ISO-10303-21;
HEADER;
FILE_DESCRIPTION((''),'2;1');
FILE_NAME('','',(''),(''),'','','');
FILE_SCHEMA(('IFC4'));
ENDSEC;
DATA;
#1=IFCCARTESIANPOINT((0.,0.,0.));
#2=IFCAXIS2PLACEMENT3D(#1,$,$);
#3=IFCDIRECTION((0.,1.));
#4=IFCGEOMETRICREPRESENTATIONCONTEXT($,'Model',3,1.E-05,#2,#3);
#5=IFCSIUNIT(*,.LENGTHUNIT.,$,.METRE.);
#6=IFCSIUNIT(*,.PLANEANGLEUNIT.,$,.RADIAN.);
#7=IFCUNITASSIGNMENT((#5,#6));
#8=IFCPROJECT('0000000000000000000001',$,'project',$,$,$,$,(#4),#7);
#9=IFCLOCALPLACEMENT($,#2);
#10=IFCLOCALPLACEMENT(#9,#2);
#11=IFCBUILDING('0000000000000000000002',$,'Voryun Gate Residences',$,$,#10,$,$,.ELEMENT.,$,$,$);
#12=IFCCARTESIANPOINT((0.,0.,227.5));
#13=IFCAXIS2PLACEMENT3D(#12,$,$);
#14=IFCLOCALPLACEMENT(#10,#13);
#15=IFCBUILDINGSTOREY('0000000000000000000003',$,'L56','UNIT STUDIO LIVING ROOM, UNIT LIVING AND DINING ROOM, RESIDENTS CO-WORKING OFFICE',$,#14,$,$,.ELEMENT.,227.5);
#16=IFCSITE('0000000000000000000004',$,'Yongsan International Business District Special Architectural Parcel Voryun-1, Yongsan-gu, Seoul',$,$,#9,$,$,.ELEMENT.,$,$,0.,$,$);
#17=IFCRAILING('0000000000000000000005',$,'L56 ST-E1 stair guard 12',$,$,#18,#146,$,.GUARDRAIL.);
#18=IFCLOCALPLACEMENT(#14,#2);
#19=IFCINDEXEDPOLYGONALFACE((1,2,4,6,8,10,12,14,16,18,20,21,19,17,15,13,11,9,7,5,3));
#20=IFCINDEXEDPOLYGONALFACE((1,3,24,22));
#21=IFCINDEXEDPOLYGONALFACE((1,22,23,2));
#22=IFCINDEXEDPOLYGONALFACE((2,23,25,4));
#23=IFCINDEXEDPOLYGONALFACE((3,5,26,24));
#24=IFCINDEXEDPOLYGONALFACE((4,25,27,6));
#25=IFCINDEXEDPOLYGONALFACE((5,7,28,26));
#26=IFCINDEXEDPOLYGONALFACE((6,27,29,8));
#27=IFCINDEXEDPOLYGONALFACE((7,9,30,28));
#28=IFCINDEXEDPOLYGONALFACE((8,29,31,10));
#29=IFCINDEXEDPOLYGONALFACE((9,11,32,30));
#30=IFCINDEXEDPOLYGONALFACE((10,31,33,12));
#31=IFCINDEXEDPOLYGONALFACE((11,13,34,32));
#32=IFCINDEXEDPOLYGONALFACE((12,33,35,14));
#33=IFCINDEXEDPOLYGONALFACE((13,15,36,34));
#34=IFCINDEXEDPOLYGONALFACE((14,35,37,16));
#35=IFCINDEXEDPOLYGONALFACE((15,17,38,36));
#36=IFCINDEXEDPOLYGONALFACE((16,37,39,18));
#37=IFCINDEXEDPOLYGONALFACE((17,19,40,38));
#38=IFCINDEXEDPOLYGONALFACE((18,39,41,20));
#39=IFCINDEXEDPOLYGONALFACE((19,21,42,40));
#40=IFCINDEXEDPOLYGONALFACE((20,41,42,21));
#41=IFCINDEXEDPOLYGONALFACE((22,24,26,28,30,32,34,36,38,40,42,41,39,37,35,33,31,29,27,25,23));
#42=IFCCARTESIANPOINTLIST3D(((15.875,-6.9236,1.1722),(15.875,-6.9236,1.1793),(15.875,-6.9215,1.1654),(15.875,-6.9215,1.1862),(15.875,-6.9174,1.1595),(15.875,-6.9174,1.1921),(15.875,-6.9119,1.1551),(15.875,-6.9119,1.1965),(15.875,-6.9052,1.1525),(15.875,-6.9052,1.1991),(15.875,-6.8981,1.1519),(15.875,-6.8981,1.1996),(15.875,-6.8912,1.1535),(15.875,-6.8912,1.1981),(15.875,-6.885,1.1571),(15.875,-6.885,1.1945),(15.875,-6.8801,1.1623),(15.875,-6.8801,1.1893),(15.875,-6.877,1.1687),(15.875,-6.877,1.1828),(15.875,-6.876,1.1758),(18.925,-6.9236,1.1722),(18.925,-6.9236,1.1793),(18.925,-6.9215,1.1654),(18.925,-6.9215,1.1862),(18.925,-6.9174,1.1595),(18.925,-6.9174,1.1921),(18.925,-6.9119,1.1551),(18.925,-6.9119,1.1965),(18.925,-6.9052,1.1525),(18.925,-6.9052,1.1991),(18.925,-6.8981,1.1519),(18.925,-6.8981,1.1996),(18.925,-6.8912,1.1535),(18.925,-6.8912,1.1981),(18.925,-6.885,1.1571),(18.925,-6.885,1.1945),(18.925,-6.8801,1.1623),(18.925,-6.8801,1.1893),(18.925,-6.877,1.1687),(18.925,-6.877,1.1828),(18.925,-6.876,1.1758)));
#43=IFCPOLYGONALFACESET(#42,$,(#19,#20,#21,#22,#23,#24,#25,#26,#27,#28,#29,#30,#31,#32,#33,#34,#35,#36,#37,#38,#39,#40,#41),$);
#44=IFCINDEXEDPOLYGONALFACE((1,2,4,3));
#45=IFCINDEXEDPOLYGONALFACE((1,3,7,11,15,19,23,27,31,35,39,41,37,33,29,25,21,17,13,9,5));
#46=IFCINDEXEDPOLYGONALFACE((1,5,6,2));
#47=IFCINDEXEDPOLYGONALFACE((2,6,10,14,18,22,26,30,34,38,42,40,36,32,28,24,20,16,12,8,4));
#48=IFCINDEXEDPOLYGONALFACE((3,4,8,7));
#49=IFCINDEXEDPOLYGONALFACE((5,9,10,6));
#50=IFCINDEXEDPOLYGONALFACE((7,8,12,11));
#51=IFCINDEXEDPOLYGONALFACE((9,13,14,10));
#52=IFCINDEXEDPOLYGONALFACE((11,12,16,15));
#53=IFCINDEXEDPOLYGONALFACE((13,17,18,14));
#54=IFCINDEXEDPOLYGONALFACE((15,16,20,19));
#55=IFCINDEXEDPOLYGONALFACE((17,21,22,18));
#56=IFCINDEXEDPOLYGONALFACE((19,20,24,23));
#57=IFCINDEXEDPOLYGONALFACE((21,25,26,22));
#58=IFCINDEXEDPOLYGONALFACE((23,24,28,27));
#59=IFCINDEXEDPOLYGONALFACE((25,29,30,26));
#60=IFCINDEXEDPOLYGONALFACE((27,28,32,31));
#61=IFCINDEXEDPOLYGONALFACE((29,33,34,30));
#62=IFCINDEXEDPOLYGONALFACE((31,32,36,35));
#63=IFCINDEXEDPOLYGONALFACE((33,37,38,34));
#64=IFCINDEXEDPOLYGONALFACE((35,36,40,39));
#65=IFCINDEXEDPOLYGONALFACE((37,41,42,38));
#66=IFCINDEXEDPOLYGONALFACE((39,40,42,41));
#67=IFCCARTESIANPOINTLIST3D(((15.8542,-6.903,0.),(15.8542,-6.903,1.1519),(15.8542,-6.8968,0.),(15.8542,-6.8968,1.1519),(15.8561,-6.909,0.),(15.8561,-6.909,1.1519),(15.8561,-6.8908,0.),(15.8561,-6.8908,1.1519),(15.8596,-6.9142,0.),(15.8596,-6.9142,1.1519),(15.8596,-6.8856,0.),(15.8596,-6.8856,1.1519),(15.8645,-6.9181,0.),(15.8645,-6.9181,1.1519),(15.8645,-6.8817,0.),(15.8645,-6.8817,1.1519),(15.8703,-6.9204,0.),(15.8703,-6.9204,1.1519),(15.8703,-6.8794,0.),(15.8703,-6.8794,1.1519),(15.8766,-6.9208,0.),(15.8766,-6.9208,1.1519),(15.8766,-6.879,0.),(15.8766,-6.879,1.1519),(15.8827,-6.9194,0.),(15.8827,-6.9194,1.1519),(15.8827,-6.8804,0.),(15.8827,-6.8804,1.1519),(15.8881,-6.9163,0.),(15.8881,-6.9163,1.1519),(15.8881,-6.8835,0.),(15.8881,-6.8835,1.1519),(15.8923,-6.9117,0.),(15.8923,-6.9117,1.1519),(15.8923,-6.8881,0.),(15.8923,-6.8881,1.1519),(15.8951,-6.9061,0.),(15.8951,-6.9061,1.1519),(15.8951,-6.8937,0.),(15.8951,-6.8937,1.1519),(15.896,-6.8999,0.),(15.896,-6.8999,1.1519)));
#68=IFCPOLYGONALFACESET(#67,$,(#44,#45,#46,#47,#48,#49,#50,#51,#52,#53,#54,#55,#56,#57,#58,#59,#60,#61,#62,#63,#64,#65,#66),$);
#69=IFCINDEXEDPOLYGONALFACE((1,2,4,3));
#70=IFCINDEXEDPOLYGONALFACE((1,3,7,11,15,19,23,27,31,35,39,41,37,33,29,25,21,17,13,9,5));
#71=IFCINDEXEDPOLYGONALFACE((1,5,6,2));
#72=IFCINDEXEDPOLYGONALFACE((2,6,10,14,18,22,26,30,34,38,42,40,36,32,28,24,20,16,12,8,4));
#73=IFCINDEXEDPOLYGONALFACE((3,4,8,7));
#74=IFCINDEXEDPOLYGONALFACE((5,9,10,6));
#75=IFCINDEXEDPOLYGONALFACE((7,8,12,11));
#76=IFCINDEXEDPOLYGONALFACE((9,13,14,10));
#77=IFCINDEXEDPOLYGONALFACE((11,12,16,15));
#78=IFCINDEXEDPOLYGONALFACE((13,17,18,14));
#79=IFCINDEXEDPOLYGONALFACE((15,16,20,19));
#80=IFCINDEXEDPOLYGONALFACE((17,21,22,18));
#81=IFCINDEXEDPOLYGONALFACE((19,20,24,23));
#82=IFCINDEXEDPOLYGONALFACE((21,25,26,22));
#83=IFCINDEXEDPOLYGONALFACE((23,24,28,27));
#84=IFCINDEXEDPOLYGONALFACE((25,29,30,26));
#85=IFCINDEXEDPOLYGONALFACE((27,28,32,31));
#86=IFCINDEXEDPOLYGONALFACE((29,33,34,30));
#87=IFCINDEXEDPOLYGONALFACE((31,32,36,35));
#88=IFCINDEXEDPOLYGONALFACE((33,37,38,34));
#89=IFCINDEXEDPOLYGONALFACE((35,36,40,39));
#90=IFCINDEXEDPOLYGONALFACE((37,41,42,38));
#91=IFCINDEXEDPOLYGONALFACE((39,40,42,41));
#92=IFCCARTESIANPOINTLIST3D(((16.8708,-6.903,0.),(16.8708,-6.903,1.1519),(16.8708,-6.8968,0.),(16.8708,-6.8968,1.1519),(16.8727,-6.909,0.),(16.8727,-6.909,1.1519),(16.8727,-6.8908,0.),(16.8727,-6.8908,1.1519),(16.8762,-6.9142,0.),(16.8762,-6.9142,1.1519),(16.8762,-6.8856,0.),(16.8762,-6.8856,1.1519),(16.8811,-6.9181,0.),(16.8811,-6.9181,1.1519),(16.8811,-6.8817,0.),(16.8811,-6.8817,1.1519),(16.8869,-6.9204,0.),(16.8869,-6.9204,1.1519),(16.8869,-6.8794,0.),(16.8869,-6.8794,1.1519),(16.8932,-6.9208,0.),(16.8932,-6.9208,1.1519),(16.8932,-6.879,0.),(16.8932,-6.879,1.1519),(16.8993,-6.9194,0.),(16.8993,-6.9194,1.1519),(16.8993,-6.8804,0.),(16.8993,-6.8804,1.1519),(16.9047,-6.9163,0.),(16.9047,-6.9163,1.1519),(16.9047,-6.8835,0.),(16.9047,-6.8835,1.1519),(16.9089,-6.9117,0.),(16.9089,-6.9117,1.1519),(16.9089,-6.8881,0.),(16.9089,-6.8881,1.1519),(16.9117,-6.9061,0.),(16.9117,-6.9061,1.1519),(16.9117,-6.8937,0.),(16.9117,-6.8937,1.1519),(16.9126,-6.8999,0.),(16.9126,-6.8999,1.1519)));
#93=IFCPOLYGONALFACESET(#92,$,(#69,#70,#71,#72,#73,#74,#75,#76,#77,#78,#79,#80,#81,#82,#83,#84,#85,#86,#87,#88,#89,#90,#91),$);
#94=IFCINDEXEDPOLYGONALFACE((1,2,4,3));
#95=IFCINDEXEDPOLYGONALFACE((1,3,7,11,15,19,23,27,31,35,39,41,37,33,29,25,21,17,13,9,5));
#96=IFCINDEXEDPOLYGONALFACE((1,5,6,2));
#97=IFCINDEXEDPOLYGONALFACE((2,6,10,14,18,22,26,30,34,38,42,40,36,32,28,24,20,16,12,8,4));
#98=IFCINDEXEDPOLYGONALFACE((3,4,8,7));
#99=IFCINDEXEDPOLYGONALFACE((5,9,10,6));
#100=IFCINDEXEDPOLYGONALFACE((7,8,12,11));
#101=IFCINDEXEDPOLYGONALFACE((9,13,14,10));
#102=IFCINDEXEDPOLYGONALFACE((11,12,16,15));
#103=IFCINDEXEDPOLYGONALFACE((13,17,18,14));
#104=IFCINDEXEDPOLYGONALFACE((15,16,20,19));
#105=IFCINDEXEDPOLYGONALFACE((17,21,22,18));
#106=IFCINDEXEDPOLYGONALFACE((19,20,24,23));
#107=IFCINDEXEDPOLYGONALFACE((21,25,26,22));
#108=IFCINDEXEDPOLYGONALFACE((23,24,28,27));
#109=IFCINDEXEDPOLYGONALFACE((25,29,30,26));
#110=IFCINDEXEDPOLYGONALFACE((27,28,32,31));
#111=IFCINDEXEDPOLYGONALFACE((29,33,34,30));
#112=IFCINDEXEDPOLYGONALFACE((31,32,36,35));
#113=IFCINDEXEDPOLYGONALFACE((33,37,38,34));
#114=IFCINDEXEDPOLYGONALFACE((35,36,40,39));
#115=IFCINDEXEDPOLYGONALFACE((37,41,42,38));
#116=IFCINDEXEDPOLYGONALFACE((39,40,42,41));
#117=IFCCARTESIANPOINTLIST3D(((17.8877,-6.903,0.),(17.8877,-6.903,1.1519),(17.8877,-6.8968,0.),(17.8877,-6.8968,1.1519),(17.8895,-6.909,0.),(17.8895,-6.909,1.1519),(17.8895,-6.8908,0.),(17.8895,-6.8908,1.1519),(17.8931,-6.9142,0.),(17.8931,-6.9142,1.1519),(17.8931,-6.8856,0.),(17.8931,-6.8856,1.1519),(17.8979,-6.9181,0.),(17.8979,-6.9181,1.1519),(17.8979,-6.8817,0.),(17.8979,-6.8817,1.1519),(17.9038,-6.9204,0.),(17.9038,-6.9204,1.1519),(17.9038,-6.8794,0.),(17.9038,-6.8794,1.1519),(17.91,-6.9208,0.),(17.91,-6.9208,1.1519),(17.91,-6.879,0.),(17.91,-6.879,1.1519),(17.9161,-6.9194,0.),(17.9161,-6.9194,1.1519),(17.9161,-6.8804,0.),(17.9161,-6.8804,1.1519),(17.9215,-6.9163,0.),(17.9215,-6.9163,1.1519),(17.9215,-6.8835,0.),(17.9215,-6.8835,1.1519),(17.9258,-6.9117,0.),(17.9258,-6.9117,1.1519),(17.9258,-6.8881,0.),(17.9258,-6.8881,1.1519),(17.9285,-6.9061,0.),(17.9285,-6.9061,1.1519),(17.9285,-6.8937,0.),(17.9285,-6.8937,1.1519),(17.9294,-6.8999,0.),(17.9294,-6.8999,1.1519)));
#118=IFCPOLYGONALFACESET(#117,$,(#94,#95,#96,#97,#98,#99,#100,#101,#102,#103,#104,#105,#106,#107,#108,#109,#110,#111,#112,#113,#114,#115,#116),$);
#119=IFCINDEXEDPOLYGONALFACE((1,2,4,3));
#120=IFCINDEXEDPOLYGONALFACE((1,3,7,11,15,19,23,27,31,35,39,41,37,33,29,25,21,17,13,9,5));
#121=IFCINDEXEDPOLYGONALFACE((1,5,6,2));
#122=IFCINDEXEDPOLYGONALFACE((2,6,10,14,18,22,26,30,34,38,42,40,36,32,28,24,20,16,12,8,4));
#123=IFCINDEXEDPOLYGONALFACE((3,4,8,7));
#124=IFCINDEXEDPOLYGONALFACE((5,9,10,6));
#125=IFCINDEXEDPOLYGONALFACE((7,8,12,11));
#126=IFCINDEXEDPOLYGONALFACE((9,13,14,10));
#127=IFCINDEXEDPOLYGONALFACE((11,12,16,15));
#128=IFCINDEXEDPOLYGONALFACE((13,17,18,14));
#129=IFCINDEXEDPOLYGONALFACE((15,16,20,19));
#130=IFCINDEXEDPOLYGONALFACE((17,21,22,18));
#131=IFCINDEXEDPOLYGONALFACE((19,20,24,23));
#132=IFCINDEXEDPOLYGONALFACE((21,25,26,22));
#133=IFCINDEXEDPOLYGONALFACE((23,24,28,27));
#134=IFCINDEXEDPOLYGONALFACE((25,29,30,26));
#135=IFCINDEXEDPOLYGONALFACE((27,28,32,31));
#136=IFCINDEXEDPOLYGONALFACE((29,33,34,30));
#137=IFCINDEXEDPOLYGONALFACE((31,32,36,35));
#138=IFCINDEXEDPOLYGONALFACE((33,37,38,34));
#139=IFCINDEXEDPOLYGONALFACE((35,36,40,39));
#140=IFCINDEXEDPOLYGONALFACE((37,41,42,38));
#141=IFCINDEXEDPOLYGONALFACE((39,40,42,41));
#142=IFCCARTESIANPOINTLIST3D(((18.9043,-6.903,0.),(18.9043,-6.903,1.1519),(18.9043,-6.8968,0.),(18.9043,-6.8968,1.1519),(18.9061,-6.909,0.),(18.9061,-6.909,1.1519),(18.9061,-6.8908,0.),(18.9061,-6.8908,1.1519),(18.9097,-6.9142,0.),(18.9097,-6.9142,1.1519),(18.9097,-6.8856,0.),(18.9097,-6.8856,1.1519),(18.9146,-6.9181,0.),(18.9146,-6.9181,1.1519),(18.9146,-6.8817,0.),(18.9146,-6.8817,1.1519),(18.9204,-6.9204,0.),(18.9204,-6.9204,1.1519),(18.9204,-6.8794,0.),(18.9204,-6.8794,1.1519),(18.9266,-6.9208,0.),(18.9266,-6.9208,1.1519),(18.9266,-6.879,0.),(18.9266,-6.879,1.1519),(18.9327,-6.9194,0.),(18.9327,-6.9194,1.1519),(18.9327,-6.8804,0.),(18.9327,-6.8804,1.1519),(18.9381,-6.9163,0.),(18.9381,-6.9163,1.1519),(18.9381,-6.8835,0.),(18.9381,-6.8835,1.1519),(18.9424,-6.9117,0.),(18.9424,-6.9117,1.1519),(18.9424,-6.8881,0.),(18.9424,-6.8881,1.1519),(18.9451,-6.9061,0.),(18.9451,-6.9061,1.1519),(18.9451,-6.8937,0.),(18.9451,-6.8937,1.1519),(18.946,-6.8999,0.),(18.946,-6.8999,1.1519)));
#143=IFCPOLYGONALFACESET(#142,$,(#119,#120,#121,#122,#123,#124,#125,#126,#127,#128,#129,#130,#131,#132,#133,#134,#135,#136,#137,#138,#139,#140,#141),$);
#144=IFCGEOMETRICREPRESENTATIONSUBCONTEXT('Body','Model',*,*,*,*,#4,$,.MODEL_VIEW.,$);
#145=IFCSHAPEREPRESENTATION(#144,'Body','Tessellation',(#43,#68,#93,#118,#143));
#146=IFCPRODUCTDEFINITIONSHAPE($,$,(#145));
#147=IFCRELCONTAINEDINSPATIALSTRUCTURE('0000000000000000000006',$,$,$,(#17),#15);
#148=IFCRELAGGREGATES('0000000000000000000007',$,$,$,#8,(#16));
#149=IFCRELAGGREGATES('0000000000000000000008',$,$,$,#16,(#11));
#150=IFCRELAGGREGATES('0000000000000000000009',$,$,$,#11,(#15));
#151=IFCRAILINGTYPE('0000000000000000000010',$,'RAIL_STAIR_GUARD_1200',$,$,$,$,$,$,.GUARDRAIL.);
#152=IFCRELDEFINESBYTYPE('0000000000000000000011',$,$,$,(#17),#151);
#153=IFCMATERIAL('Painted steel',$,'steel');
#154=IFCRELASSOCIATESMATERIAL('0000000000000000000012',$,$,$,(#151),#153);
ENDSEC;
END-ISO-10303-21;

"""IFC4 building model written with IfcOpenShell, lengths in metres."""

from ifc_helpers import new_model, si_unit, direction, frame, origin, origin_2d, place, context, subcontext, project, spatial, circle, extrude, material, type_object, element, save


model = new_model("IFC4")

# Units and contexts
model_context = context("Model", 3, precision=1e-05, world=origin(), true_north=direction((0.0, 1.0)))
body_context = subcontext(model_context, "Body", "Model", "MODEL_VIEW")
ifc_project = project(units=[si_unit("LENGTHUNIT", "METRE"), si_unit("PLANEANGLEUNIT", "RADIAN")], contexts=[model_context])

# Site, building, storey
site_placement = place(None, origin())
site = spatial("IfcSite", under=ifc_project, at=site_placement, Name="Yongsan International Business District Special Architectural Parcel Voryun-1, Yongsan-gu, Seoul", CompositionType="ELEMENT", RefElevation=0.0)
building_placement = place(site_placement, origin())
building = spatial("IfcBuilding", under=site, at=building_placement, Name="Voryun Gate Residences", CompositionType="ELEMENT")
storey_placement = place(building_placement, frame((0.0, 0.0, 227.5)))
storey = spatial("IfcBuildingStorey", under=building, at=storey_placement, Name="L56", Description="UNIT STUDIO LIVING ROOM, UNIT LIVING AND DINING ROOM, RESIDENTS CO-WORKING OFFICE", CompositionType="ELEMENT", Elevation=227.5)

# Railing
ifc_material_1 = material(Name="Painted steel", Category="steel")
railing_type_1 = type_object("IfcRailingType", Name="RAIL_STAIR_GUARD_1200", PredefinedType="GUARDRAIL", material=ifc_material_1)
railing_1_placement = place(storey_placement, frame((15.875, -6.8999, 0.0)))
element("IfcRailing", 1, at=railing_1_placement, inside=storey, type_object=railing_type_1, Name="L56 ST-E1 stair guard 12", PredefinedType="GUARDRAIL", context=body_context, shape_type="SweptSolid", body=[
    extrude(circle(Radius=0.0239, at=origin_2d()), frame((0.0, 0.0, 1.1758), z_axis=(1.0, 0.0, 0.0), x_axis=(0.0, 1.0, 0.0)), (0.0, 0.0, 1.0), 3.05),
    extrude(circle(Radius=0.021, at=origin_2d()), origin(), (0.0, 0.0, 1.0), 1.1519),
    extrude(circle(Radius=0.021, at=origin_2d()), frame((1.0166, 0.0, 0.0)), (0.0, 0.0, 1.0), 1.1519),
    extrude(circle(Radius=0.021, at=origin_2d()), frame((2.0334, 0.0, 0.0)), (0.0, 0.0, 1.0), 1.1519),
    extrude(circle(Radius=0.021, at=origin_2d()), frame((3.05, 0.0, 0.0)), (0.0, 0.0, 1.0), 1.1519),
])

save(model, "model.ifc")
